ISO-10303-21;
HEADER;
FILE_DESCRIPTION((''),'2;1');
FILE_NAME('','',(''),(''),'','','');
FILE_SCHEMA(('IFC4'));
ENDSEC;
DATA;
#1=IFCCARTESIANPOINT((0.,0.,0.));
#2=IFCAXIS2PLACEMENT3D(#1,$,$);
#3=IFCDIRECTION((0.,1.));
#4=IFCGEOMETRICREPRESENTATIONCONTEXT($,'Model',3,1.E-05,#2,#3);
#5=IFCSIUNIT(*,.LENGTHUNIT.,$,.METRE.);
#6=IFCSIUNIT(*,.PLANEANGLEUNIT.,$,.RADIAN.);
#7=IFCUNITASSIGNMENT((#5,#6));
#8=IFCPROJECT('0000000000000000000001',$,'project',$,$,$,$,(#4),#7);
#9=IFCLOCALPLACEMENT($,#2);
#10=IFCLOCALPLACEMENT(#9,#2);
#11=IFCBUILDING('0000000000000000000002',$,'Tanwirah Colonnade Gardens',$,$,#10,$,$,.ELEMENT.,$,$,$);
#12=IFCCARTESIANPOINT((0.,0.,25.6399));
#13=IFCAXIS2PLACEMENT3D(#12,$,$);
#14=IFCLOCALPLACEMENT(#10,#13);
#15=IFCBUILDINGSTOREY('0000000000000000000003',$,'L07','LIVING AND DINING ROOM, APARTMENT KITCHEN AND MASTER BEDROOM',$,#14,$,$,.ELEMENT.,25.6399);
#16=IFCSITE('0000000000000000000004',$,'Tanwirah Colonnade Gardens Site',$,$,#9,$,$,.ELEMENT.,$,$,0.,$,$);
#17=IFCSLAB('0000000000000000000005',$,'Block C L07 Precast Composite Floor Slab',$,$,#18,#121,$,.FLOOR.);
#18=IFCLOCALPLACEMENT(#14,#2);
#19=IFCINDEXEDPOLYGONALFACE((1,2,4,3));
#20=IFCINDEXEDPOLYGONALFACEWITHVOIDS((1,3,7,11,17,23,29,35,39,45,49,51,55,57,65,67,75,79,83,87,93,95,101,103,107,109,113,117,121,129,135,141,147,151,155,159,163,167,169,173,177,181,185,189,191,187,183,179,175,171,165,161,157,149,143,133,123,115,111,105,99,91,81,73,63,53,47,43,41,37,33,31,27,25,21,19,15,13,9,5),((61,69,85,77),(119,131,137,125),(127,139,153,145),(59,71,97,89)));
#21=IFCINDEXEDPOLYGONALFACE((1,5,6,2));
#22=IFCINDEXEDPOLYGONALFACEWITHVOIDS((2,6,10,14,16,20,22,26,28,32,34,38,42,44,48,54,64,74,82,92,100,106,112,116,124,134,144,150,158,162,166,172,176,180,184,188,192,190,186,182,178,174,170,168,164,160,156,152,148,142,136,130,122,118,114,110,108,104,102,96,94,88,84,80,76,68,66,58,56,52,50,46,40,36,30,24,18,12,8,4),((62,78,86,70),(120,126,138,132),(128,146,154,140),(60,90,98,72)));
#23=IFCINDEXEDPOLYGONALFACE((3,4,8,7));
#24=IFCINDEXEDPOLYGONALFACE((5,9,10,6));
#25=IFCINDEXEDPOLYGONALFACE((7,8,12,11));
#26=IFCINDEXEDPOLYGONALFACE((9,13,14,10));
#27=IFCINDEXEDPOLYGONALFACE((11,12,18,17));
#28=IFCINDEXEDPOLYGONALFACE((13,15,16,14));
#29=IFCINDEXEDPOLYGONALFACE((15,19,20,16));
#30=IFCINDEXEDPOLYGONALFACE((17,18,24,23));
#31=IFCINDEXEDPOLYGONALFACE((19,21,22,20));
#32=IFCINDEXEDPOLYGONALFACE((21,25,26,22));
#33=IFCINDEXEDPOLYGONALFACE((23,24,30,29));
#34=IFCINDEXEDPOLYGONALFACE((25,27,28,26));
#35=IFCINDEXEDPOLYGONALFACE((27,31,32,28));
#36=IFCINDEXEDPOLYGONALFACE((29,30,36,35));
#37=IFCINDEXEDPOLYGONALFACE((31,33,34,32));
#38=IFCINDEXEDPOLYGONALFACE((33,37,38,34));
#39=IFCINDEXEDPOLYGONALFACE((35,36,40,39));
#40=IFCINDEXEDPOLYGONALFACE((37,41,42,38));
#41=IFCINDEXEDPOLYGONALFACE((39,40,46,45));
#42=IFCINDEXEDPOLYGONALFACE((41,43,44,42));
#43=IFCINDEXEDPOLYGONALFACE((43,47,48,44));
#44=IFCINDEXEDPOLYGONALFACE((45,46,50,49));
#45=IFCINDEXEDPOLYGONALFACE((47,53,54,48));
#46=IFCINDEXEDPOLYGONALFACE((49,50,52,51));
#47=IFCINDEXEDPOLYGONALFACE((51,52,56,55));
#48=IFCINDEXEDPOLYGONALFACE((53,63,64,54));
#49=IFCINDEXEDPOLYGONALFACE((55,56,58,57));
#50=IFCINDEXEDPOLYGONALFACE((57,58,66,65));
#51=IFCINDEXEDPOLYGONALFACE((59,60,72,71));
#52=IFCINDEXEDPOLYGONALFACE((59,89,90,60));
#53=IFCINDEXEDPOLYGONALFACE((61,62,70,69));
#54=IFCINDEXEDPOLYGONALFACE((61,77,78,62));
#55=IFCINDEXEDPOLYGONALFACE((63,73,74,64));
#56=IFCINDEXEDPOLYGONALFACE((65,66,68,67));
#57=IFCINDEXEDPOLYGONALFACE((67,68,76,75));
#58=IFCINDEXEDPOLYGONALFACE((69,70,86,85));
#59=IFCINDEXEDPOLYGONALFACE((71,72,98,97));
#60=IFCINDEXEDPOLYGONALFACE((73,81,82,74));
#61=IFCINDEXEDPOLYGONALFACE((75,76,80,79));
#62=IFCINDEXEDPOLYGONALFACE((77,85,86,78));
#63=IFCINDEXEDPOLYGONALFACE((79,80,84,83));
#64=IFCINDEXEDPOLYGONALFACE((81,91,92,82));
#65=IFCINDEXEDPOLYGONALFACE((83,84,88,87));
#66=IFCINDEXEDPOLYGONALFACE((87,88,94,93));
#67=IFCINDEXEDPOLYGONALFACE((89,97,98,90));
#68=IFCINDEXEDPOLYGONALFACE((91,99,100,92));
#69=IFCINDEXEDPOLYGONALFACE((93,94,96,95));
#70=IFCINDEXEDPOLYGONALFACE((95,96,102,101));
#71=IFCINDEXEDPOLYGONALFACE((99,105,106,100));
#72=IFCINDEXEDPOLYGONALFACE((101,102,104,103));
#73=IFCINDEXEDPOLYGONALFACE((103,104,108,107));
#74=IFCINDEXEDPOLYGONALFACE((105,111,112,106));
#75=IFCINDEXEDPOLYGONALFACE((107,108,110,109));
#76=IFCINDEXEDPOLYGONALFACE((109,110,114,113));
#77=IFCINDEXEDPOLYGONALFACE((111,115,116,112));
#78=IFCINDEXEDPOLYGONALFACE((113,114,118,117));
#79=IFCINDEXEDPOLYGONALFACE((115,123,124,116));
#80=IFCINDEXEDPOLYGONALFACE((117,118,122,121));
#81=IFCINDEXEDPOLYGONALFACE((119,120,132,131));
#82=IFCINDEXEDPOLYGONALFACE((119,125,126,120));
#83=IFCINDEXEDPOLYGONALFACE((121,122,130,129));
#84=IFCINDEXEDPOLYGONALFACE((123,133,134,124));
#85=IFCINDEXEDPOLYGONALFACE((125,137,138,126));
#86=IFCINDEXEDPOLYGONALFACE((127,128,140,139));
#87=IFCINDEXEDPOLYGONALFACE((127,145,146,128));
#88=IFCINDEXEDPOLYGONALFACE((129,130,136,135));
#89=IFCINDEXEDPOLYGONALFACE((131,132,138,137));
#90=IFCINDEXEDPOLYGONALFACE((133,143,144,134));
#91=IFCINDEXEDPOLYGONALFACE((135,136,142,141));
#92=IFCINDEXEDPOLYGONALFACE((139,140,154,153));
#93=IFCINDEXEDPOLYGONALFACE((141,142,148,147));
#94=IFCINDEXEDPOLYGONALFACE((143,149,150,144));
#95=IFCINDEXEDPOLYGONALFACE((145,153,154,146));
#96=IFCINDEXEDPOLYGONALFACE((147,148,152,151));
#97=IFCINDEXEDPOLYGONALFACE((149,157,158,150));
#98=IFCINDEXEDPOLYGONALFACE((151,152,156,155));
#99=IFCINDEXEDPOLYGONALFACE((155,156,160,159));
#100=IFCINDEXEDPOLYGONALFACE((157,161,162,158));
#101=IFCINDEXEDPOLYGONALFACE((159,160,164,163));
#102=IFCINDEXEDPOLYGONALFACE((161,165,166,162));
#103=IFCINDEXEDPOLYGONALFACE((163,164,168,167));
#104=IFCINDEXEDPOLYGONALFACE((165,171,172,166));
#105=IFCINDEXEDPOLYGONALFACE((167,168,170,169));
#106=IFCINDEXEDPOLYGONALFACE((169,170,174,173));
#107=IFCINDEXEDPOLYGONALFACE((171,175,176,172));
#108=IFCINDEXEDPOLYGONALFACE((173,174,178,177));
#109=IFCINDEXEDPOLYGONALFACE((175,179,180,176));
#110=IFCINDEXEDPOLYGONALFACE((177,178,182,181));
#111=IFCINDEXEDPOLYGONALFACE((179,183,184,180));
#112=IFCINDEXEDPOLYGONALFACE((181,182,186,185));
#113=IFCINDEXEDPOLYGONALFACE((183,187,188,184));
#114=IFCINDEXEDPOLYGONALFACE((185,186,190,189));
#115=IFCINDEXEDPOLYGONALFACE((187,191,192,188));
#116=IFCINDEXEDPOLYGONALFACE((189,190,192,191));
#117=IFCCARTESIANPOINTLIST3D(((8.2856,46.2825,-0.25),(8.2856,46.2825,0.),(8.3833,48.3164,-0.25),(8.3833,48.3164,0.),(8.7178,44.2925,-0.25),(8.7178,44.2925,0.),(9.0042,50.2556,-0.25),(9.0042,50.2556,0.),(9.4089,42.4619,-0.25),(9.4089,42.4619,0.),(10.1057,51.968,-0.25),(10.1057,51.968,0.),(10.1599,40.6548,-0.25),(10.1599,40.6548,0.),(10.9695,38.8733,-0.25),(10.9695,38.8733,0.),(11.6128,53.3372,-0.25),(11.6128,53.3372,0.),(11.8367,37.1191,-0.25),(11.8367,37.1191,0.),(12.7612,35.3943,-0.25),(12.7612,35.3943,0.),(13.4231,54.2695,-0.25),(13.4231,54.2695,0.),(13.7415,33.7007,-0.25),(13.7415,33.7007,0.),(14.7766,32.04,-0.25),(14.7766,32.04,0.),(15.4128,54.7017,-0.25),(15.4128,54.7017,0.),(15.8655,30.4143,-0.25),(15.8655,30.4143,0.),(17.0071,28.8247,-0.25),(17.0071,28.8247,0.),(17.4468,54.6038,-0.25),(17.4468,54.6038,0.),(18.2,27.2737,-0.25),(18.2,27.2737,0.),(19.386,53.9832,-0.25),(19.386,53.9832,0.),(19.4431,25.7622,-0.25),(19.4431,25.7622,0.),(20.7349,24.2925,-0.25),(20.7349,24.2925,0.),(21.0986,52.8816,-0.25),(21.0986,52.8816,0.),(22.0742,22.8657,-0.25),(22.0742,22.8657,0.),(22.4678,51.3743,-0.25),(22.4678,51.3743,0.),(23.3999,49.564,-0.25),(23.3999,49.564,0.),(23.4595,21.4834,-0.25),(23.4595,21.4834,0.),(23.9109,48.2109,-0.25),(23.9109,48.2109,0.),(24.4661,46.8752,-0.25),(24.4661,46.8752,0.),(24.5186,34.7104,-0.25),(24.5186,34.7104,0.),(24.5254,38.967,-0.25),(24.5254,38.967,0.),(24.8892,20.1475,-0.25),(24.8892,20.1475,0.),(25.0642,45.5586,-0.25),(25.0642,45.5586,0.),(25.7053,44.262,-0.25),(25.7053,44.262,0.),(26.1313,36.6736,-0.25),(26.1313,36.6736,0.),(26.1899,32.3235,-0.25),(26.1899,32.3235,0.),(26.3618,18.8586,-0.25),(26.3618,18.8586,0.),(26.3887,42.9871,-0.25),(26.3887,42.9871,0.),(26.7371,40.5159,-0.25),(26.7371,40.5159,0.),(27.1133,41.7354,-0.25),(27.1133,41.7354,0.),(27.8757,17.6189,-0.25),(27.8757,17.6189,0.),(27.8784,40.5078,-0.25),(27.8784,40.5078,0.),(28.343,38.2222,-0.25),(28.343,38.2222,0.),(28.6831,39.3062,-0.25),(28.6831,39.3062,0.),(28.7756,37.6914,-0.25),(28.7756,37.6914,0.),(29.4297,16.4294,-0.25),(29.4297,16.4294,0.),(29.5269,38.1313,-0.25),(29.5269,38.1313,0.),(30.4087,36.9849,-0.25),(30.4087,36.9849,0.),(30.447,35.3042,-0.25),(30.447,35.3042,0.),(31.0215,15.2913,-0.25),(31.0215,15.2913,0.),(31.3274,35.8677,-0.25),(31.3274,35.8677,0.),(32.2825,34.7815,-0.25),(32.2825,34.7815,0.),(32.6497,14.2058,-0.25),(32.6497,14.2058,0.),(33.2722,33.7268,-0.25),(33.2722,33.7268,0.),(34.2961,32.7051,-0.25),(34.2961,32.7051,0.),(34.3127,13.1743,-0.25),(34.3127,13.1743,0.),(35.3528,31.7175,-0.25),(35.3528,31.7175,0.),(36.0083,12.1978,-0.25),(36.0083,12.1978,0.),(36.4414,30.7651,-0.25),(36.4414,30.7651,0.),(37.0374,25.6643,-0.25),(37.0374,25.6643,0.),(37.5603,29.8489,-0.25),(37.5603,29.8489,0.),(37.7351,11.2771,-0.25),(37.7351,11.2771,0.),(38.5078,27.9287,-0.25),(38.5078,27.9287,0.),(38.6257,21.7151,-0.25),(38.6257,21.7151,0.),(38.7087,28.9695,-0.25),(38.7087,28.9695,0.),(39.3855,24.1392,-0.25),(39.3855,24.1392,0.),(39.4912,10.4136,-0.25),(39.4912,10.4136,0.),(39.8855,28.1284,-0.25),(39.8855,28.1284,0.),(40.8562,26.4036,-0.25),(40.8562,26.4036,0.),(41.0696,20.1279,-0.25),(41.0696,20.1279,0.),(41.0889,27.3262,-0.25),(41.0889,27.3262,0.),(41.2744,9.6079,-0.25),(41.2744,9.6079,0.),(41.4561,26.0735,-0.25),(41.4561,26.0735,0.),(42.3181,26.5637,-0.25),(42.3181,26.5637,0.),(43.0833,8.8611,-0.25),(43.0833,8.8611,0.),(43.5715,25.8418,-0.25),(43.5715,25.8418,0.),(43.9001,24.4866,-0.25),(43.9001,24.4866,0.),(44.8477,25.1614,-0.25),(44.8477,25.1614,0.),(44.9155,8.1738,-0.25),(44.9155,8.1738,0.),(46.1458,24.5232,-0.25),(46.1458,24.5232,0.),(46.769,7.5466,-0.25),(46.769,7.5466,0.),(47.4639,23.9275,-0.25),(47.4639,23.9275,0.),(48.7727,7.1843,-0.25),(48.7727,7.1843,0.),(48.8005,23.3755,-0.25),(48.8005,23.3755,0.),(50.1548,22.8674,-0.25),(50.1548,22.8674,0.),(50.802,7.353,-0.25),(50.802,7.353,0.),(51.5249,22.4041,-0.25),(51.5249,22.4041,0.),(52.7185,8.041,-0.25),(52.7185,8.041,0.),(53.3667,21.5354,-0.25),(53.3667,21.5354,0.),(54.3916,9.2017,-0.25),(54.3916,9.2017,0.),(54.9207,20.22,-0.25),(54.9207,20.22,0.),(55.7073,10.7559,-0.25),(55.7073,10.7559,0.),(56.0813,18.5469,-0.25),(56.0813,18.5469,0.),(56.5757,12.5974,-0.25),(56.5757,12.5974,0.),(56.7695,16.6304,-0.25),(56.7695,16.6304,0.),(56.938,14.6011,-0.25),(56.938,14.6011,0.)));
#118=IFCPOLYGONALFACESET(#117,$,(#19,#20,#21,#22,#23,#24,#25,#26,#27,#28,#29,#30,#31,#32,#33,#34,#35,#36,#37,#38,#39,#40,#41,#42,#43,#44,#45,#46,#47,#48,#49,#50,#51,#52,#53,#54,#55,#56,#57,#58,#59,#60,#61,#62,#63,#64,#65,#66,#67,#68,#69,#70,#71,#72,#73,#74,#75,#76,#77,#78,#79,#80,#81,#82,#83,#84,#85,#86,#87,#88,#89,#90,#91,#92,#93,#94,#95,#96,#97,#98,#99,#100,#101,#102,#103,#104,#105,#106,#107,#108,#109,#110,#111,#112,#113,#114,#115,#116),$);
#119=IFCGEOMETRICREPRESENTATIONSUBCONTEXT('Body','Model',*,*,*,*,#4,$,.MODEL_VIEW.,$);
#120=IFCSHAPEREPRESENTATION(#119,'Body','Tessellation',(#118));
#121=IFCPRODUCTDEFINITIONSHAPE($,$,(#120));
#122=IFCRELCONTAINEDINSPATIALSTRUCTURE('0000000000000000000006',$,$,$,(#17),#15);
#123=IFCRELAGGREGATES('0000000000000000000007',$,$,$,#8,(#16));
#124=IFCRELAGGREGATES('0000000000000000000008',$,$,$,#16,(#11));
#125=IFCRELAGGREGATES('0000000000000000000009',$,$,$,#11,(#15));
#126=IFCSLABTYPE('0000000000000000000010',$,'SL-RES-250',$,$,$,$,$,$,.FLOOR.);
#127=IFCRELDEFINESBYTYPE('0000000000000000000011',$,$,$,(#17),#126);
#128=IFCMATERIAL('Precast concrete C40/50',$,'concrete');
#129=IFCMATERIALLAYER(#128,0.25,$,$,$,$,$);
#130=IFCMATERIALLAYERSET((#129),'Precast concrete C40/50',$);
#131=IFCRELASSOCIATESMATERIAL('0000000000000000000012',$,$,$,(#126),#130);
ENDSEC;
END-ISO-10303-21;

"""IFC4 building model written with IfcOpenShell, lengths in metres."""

from ifc_helpers import new_model, si_unit, direction, frame, origin, place, context, subcontext, project, spatial, polyline, outline, extrude, material, layer, layer_set, type_object, element, save


model = new_model("IFC4")

# Units and contexts
model_context = context("Model", 3, precision=1e-05, world=origin(), true_north=direction((0.0, 1.0)))
body_context = subcontext(model_context, "Body", "Model", "MODEL_VIEW")
ifc_project = project(units=[si_unit("LENGTHUNIT", "METRE"), si_unit("PLANEANGLEUNIT", "RADIAN")], contexts=[model_context])

# Site, building, storey
site_placement = place(None, origin())
site = spatial("IfcSite", under=ifc_project, at=site_placement, Name="Tanwirah Colonnade Gardens Site", CompositionType="ELEMENT", RefElevation=0.0)
building_placement = place(site_placement, origin())
building = spatial("IfcBuilding", under=site, at=building_placement, Name="Tanwirah Colonnade Gardens", CompositionType="ELEMENT")
storey_placement = place(building_placement, frame((0.0, 0.0, 25.6399)))
storey = spatial("IfcBuildingStorey", under=building, at=storey_placement, Name="L07", Description="LIVING AND DINING ROOM, APARTMENT KITCHEN AND MASTER BEDROOM", CompositionType="ELEMENT", Elevation=25.6399)

# Shared definitions
ifc_material_1 = material(Name="Precast concrete C40/50", Category="concrete")

# Slab
ifc_layer_1 = layer(ifc_material_1, 0.25)
ifc_layer_set_1 = layer_set([ifc_layer_1], Name="Precast concrete C40/50")
slab_type_1 = type_object("IfcSlabType", Name="SL-RES-250", PredefinedType="FLOOR", material=ifc_layer_set_1)
slab_1_placement = place(storey_placement, frame((0.0, 0.0, -0.25)))
element("IfcSlab", 1, at=slab_1_placement, inside=storey, type_object=slab_type_1, Name="Block C L07 Precast Composite Floor Slab", PredefinedType="FLOOR", context=body_context, shape_type="SweptSolid", body=[
    extrude(outline(polyline([(24.4661, 46.8752), (23.9109, 48.2109), (23.3999, 49.564), (22.4678, 51.3743), (21.0986, 52.8816), (19.386, 53.9832), (17.4468, 54.6038), (15.4128, 54.7017), (13.4231, 54.2695), (11.6128, 53.3372), (10.1057, 51.968), (9.0042, 50.2556), (8.3833, 48.3164), (8.2856, 46.2825), (8.7178, 44.2925), (9.4089, 42.4619), (10.1599, 40.6548), (10.9695, 38.8733), (11.8367, 37.1191), (12.7612, 35.3943), (13.7415, 33.7007), (14.7766, 32.04), (15.8655, 30.4143), (17.0071, 28.8247), (18.2, 27.2737), (19.4431, 25.7622), (20.7349, 24.2925), (22.0742, 22.8657), (23.4595, 21.4834), (24.8892, 20.1475), (26.3618, 18.8586), (27.8757, 17.6189), (29.4297, 16.4294), (31.0215, 15.2913), (32.6497, 14.2058), (34.3127, 13.1743), (36.0083, 12.1978), (37.7351, 11.2771), (39.4912, 10.4136), (41.2744, 9.6079), (43.0833, 8.8611), (44.9155, 8.1738), (46.769, 7.5466), (48.7727, 7.1843), (50.802, 7.353), (52.7185, 8.041), (54.3916, 9.2017), (55.7073, 10.7559), (56.5757, 12.5974), (56.938, 14.6011), (56.7695, 16.6304), (56.0813, 18.5469), (54.9207, 20.22), (53.3667, 21.5354), (51.5249, 22.4041), (50.1548, 22.8674), (48.8005, 23.3755), (47.4639, 23.9275), (46.1458, 24.5232), (44.8477, 25.1614), (43.5715, 25.8418), (42.3181, 26.5637), (41.0889, 27.3262), (39.8855, 28.1284), (38.7087, 28.9695), (37.5603, 29.8489), (36.4414, 30.7651), (35.3528, 31.7175), (34.2961, 32.7051), (33.2722, 33.7268), (32.2825, 34.7815), (31.3274, 35.8677), (30.4087, 36.9849), (29.5269, 38.1313), (28.6831, 39.3062), (27.8784, 40.5078), (27.1133, 41.7354), (26.3887, 42.9871), (25.7053, 44.262), (25.0642, 45.5586), (24.4661, 46.8752)]), holes=[polyline([(24.5186, 34.7104), (28.7756, 37.6914), (30.447, 35.3042), (26.1899, 32.3235), (24.5186, 34.7104)]), polyline([(26.7371, 40.5159), (28.343, 38.2222), (26.1313, 36.6736), (24.5254, 38.967), (26.7371, 40.5159)]), polyline([(43.9001, 24.4866), (41.0696, 20.1279), (38.6257, 21.7151), (41.4561, 26.0735), (43.9001, 24.4866)]), polyline([(39.3855, 24.1392), (37.0374, 25.6643), (38.5078, 27.9287), (40.8562, 26.4036), (39.3855, 24.1392)])]), origin(), (0.0, 0.0, 1.0), 0.25),
])

save(model, "model.ifc")
